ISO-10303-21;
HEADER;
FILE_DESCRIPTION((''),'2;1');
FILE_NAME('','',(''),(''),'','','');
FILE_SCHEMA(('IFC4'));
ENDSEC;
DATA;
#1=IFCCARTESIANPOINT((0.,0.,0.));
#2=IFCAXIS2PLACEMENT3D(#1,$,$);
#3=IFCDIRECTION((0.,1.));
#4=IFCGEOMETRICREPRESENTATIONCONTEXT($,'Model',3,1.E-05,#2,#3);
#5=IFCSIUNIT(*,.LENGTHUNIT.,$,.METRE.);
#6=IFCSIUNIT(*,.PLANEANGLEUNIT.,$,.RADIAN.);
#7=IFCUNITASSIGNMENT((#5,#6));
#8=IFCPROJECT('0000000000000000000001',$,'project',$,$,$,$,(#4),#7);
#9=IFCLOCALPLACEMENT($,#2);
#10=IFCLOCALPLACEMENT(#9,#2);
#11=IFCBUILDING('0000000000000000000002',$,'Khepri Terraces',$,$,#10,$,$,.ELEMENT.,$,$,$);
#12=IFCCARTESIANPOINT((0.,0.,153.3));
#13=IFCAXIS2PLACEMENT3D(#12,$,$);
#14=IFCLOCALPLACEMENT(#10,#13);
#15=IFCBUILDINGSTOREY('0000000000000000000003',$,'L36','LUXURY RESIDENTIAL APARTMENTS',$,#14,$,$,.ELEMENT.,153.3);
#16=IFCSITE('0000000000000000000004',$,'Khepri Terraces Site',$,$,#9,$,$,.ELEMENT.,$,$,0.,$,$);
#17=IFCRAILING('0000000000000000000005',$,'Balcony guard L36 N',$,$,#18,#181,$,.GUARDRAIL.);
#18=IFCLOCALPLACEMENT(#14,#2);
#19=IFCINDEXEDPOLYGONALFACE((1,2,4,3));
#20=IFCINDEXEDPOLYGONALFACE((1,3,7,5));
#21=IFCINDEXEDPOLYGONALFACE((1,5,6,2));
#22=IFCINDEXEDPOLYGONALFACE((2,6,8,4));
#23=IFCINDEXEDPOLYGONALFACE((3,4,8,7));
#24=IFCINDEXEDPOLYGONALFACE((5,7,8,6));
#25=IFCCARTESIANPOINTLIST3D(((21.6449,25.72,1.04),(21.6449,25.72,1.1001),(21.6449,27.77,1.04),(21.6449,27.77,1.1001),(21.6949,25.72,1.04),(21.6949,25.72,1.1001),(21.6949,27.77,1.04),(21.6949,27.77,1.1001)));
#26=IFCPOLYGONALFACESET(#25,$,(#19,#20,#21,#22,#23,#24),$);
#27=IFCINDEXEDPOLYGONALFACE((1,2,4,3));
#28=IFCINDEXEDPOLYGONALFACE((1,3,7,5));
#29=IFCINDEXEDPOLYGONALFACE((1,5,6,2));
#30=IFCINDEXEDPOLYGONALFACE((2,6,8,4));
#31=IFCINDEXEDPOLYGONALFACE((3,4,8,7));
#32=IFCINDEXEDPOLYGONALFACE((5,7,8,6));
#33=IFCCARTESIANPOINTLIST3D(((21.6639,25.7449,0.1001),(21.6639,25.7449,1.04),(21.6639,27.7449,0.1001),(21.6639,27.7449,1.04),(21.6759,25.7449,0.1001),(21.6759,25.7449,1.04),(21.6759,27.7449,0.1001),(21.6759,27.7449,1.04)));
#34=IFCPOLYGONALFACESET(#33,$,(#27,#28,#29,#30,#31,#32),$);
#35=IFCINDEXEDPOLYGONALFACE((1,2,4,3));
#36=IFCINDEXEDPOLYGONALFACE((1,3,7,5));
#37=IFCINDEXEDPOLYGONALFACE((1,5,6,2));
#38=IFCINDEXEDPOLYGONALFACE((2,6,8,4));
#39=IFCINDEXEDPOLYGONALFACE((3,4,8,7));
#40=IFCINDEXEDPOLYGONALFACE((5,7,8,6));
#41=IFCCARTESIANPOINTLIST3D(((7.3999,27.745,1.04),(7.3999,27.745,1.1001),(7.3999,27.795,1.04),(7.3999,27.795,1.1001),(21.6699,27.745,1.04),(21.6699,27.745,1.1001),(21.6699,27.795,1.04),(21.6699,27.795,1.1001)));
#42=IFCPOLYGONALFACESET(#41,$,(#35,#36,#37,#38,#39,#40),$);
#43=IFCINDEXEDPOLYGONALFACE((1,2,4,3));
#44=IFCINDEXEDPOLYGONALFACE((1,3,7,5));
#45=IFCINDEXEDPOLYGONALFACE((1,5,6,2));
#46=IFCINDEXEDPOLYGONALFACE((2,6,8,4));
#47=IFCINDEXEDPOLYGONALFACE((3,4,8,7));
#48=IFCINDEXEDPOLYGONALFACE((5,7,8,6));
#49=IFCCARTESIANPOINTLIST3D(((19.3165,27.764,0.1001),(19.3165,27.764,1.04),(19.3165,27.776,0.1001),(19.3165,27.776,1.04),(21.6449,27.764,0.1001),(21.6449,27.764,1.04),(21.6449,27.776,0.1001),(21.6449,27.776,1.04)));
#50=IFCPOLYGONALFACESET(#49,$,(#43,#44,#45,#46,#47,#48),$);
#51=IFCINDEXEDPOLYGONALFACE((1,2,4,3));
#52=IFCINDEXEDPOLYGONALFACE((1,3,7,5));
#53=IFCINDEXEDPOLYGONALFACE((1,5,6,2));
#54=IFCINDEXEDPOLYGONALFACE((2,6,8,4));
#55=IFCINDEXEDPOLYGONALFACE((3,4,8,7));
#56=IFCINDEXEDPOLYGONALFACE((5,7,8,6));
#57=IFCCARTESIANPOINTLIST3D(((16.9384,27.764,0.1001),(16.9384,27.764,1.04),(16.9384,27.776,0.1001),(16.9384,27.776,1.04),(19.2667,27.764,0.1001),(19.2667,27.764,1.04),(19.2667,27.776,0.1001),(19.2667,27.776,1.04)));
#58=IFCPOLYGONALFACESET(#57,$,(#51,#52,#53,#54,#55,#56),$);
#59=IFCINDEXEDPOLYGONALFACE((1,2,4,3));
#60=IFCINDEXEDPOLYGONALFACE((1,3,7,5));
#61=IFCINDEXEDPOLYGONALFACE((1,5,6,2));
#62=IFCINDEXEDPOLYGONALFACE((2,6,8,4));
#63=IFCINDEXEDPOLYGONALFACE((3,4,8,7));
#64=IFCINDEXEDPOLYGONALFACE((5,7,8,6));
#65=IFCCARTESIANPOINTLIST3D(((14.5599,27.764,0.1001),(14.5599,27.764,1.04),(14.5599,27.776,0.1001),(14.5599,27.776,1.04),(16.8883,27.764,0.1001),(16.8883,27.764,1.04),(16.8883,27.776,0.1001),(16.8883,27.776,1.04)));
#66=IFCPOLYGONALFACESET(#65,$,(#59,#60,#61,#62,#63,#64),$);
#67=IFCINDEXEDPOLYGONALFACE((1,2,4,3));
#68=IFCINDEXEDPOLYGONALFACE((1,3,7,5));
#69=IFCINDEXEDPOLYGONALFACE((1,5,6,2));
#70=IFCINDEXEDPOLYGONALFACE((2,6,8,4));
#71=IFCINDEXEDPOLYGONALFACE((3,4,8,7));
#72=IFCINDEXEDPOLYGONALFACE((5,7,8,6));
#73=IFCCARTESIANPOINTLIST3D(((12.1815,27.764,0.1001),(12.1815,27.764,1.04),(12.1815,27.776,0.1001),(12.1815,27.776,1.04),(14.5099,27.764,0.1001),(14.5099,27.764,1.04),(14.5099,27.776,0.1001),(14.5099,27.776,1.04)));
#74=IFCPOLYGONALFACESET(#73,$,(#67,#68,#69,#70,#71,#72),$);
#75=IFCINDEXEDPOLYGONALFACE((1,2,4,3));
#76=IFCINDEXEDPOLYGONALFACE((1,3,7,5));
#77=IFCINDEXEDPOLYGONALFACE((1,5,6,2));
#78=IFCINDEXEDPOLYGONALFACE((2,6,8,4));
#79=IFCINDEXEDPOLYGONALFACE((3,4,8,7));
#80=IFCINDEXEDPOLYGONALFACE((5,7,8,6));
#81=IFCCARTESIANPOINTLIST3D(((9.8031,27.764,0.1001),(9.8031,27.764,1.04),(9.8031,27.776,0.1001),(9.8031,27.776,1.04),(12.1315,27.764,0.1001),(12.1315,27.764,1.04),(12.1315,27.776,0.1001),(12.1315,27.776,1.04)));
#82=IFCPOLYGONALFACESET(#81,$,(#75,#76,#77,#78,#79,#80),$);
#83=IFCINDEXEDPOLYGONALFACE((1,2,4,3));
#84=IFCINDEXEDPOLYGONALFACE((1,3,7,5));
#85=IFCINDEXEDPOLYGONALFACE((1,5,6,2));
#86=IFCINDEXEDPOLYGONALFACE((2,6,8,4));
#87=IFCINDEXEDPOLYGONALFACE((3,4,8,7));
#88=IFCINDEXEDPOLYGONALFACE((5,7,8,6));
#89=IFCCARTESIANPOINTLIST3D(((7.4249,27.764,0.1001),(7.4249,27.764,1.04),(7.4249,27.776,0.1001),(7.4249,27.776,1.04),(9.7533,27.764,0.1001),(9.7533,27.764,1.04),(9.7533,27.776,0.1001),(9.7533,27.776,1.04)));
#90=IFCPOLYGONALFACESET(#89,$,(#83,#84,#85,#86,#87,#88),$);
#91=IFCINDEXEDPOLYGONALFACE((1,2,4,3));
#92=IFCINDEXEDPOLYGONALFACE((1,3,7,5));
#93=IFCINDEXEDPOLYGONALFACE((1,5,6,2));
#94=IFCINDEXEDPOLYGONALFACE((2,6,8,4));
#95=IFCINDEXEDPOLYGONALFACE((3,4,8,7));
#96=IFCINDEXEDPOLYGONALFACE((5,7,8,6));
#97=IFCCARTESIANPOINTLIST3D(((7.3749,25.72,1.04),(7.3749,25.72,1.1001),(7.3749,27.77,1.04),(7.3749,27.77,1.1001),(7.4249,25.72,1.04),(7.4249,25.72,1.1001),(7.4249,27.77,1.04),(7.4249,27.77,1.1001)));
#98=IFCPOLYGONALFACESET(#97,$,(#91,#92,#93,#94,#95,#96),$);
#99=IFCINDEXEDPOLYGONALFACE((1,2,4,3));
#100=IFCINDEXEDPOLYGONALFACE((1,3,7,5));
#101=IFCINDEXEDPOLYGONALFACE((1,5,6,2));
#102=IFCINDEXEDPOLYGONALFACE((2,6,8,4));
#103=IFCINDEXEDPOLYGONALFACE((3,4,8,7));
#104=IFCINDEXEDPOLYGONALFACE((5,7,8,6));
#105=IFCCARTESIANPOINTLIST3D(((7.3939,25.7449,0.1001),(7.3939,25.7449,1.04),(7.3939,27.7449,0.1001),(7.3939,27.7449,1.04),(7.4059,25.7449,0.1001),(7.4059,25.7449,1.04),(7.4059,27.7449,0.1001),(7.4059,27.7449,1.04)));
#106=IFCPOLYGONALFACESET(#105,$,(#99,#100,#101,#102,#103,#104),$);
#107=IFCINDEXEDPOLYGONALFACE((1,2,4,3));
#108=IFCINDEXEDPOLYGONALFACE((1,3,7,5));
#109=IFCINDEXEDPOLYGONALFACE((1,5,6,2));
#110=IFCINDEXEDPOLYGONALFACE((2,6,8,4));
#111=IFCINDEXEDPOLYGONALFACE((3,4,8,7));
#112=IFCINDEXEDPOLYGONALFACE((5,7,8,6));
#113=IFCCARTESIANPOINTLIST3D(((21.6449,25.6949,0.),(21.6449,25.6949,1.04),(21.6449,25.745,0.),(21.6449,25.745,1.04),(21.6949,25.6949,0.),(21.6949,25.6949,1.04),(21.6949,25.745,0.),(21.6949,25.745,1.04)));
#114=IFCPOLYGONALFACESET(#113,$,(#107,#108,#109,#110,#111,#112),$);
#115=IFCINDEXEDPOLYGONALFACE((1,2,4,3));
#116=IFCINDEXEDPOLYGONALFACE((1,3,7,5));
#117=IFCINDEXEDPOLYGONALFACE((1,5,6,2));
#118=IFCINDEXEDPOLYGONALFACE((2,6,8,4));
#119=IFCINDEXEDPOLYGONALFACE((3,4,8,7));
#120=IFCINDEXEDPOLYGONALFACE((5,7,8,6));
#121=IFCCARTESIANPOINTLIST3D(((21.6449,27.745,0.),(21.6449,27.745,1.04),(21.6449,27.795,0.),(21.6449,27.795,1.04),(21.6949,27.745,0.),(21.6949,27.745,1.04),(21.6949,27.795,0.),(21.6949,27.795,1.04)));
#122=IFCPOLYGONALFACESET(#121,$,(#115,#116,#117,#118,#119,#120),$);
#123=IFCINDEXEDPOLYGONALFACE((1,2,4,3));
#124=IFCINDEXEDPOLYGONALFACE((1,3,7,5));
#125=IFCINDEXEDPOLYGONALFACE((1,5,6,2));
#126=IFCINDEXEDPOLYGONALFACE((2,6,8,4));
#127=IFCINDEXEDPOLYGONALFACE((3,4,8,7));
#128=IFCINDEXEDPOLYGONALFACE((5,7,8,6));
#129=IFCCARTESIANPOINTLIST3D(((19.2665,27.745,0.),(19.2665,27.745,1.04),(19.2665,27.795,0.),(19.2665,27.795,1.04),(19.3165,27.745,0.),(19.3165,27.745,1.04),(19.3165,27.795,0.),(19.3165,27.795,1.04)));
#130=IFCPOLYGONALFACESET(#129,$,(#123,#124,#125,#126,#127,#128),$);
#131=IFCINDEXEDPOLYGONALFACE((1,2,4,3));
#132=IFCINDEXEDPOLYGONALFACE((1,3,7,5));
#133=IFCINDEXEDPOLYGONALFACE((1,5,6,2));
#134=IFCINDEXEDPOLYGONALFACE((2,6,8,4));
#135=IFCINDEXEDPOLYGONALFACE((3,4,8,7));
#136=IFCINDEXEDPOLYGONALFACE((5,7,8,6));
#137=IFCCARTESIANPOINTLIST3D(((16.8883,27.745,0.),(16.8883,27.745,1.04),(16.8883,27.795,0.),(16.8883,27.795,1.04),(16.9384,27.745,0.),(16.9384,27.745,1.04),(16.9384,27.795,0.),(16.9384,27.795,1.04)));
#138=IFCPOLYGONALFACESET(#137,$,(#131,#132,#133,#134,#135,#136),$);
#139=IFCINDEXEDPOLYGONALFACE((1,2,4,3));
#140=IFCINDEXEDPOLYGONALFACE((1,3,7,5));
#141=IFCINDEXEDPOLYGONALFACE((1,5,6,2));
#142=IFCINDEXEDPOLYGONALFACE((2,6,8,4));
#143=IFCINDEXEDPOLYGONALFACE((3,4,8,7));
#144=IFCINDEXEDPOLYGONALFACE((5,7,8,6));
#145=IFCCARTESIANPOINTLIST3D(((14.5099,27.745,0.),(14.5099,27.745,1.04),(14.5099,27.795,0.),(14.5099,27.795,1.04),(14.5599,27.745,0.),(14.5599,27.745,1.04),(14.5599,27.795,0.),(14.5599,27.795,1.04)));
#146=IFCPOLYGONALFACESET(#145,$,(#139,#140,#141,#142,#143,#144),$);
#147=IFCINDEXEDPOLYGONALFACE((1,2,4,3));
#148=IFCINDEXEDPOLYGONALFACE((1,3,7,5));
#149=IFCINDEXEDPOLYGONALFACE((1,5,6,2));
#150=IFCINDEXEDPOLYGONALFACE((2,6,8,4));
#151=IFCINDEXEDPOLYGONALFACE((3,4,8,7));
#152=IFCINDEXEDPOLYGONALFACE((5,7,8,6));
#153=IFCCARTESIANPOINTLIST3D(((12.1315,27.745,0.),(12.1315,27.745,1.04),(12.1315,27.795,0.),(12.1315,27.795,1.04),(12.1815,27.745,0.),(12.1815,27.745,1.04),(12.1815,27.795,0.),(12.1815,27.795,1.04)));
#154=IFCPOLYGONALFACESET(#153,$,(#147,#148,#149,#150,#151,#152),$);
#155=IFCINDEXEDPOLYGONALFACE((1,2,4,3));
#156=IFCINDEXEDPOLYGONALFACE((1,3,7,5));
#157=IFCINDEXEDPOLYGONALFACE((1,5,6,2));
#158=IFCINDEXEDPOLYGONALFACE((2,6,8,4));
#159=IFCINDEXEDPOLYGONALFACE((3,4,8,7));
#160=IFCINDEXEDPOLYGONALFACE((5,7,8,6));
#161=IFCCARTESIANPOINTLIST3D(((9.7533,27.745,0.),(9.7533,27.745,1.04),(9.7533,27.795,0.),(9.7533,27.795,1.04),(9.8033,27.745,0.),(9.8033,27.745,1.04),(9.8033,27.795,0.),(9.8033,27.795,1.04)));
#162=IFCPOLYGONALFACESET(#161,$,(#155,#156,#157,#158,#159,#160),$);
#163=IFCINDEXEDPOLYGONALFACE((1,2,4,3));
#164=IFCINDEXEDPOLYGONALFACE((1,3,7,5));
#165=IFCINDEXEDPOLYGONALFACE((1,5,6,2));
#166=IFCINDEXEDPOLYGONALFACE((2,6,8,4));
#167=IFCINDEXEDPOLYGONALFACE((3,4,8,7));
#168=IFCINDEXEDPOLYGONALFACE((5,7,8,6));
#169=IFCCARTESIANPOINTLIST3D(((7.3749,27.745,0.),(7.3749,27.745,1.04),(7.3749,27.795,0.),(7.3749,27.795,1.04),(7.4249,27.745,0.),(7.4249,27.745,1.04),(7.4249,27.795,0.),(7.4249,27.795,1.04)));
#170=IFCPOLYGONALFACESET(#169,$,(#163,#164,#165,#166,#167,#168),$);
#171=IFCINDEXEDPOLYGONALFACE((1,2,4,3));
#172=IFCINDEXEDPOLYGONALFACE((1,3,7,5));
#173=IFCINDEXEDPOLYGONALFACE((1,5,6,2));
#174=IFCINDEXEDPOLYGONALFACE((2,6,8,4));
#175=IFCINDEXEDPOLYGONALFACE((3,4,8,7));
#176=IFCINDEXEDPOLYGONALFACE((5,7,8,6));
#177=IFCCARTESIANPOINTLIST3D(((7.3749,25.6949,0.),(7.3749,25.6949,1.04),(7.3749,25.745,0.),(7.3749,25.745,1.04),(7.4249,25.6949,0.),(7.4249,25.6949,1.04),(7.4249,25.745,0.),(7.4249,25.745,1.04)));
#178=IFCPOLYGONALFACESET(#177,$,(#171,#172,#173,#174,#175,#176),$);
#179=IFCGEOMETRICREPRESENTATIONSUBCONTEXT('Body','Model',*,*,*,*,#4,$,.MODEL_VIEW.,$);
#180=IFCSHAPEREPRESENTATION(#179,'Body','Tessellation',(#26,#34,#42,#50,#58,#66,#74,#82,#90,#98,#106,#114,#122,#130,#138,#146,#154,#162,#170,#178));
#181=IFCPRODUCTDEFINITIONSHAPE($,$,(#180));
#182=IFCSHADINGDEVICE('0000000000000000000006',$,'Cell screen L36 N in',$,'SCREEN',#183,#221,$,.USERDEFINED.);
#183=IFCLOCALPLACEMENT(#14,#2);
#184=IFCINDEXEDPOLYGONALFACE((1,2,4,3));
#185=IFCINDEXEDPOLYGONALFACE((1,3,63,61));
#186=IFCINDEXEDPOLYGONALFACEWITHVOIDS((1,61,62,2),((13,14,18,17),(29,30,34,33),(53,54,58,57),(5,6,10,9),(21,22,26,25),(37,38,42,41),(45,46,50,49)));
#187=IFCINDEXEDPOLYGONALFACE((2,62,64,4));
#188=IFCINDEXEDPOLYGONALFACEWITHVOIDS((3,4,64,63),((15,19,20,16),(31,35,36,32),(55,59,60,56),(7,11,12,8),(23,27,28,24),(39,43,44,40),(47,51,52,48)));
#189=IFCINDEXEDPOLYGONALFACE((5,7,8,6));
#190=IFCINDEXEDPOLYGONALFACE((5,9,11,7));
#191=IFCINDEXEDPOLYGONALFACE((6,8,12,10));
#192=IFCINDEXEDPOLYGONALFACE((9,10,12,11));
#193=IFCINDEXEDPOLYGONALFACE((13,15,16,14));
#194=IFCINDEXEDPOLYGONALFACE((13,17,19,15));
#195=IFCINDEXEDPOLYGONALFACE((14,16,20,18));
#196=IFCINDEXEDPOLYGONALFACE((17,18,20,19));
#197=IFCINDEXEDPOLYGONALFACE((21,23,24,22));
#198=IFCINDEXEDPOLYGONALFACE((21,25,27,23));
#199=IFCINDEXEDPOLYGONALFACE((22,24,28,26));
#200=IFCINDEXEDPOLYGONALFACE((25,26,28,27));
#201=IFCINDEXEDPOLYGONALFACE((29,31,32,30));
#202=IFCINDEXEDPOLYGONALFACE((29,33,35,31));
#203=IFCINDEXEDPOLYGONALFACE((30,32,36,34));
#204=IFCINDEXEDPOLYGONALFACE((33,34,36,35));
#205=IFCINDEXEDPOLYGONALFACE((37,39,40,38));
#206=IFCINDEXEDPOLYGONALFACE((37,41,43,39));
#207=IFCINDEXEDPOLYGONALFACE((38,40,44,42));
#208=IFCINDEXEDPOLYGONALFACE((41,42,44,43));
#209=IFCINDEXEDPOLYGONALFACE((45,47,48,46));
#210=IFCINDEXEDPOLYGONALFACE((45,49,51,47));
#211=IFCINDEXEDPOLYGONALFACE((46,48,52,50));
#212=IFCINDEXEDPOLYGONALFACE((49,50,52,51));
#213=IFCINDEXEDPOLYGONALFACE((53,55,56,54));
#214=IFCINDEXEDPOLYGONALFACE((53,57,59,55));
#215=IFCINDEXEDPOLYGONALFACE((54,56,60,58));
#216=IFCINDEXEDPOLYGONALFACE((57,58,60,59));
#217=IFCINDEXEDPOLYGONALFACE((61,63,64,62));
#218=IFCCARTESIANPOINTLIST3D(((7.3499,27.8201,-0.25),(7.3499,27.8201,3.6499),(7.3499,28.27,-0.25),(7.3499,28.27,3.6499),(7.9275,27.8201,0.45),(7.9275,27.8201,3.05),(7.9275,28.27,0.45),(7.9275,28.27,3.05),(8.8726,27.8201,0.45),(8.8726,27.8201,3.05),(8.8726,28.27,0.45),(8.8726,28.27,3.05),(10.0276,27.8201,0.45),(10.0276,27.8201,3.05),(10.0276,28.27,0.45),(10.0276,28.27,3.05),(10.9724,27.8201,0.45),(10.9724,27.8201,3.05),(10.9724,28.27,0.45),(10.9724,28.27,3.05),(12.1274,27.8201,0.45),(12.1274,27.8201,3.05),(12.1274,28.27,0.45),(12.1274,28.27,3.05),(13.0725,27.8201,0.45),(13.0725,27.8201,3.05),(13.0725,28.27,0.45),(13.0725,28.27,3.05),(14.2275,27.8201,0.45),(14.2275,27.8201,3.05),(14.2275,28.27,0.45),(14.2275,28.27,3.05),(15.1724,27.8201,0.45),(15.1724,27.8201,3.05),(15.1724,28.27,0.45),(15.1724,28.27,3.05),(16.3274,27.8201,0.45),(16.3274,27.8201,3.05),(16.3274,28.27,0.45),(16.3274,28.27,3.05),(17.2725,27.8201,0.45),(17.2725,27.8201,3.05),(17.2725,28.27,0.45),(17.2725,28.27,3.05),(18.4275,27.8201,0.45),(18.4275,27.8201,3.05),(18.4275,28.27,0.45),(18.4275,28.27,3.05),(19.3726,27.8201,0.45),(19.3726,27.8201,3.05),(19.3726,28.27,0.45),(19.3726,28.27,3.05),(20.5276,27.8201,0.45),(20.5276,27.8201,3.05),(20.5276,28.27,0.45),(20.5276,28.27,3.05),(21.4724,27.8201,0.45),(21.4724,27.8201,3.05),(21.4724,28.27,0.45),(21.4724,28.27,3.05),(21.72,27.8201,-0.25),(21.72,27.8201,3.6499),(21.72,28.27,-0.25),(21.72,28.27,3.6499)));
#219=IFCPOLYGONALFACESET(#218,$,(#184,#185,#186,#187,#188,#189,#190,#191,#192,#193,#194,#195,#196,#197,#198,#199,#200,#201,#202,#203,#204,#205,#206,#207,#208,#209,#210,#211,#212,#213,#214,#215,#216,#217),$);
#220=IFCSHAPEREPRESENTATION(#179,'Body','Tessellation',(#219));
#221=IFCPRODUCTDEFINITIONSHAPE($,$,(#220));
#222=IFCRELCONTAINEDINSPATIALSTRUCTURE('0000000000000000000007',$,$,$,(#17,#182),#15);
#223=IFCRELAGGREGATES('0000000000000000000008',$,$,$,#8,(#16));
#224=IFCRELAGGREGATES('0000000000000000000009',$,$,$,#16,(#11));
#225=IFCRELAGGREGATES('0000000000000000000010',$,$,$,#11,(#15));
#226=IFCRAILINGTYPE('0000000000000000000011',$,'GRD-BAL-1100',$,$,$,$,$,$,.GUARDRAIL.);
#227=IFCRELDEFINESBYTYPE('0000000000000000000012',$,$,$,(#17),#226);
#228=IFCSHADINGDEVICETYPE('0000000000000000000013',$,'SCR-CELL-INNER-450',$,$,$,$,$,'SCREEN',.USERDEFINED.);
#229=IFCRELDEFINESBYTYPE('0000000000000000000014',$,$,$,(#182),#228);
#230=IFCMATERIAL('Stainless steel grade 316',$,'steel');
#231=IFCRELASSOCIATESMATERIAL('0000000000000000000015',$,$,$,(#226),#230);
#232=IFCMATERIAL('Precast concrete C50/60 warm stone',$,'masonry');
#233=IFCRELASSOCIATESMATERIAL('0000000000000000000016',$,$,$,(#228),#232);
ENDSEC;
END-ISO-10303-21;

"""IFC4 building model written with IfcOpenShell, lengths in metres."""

from ifc_helpers import new_model, si_unit, direction, frame, origin, origin_2d, place, context, subcontext, project, spatial, polyline, rectangle, outline, extrude, material, type_object, element, save


model = new_model("IFC4")

# Units and contexts
model_context = context("Model", 3, precision=1e-05, world=origin(), true_north=direction((0.0, 1.0)))
body_context = subcontext(model_context, "Body", "Model", "MODEL_VIEW")
ifc_project = project(units=[si_unit("LENGTHUNIT", "METRE"), si_unit("PLANEANGLEUNIT", "RADIAN")], contexts=[model_context])

# Site, building, storey
site_placement = place(None, origin())
site = spatial("IfcSite", under=ifc_project, at=site_placement, Name="Khepri Terraces Site", CompositionType="ELEMENT", RefElevation=0.0)
building_placement = place(site_placement, origin())
building = spatial("IfcBuilding", under=site, at=building_placement, Name="Khepri Terraces", CompositionType="ELEMENT")
storey_placement = place(building_placement, frame((0.0, 0.0, 153.3)))
storey = spatial("IfcBuildingStorey", under=building, at=storey_placement, Name="L36", Description="LUXURY RESIDENTIAL APARTMENTS", CompositionType="ELEMENT", Elevation=153.3)

# Shared definitions
ifc_material_1 = material(Name="Precast concrete C50/60 warm stone", Category="masonry")

# Railing
ifc_material_2 = material(Name="Stainless steel grade 316", Category="steel")
railing_type = type_object("IfcRailingType", Name="GRD-BAL-1100", PredefinedType="GUARDRAIL", material=ifc_material_2)
railing_placement = place(storey_placement, frame((21.6699, 25.72, 0.0)))
element("IfcRailing", 1, at=railing_placement, inside=storey, type_object=railing_type, Name="Balcony guard L36 N", PredefinedType="GUARDRAIL", context=body_context, shape_type="SweptSolid", body=[
    extrude(rectangle(XDim=0.05, YDim=0.0601, at=origin_2d()), frame((0.0, 0.0, 1.0701), z_axis=(0.0, 1.0, 0.0), x_axis=(-1.0, 0.0, 0.0)), (0.0, 0.0, 1.0), 2.05),
    extrude(rectangle(XDim=2.0, YDim=0.012, at=origin_2d()), frame((0.0, 1.0249, 0.1001), z_axis=(0.0, 0.0, 1.0), x_axis=(0.0, 1.0, 0.0)), (0.0, 0.0, 1.0), 0.9399),
    extrude(rectangle(XDim=0.05, YDim=0.0601, at=origin_2d()), frame((0.0, 2.05, 1.0701), z_axis=(-1.0, 0.0, 0.0), x_axis=(0.0, -1.0, 0.0)), (0.0, 0.0, 1.0), 14.27),
    extrude(rectangle(XDim=2.3284, YDim=0.012, at=origin_2d()), frame((-1.1892, 2.05, 0.1001), z_axis=(0.0, 0.0, 1.0), x_axis=(-1.0, 0.0, 0.0)), (0.0, 0.0, 1.0), 0.9399),
    extrude(rectangle(XDim=2.3284, YDim=0.012, at=origin_2d()), frame((-3.5674, 2.05, 0.1001), z_axis=(0.0, 0.0, 1.0), x_axis=(-1.0, 0.0, 0.0)), (0.0, 0.0, 1.0), 0.9399),
    extrude(rectangle(XDim=2.3284, YDim=0.012, at=origin_2d()), frame((-5.9458, 2.05, 0.1001), z_axis=(0.0, 0.0, 1.0), x_axis=(-1.0, 0.0, 0.0)), (0.0, 0.0, 1.0), 0.9399),
    extrude(rectangle(XDim=2.3284, YDim=0.012, at=origin_2d()), frame((-8.3242, 2.05, 0.1001), z_axis=(0.0, 0.0, 1.0), x_axis=(-1.0, 0.0, 0.0)), (0.0, 0.0, 1.0), 0.9399),
    extrude(rectangle(XDim=2.3284, YDim=0.012, at=origin_2d()), frame((-10.7026, 2.05, 0.1001), z_axis=(0.0, 0.0, 1.0), x_axis=(-1.0, 0.0, 0.0)), (0.0, 0.0, 1.0), 0.9399),
    extrude(rectangle(XDim=2.3284, YDim=0.012, at=origin_2d()), frame((-13.0808, 2.05, 0.1001), z_axis=(0.0, 0.0, 1.0), x_axis=(-1.0, 0.0, 0.0)), (0.0, 0.0, 1.0), 0.9399),
    extrude(rectangle(XDim=0.05, YDim=0.0601, at=origin_2d()), frame((-14.27, 2.05, 1.0701), z_axis=(0.0, -1.0, 0.0), x_axis=(1.0, 0.0, 0.0)), (0.0, 0.0, 1.0), 2.05),
    extrude(rectangle(XDim=2.0, YDim=0.012, at=origin_2d()), frame((-14.27, 1.0249, 0.1001), z_axis=(0.0, 0.0, 1.0), x_axis=(0.0, -1.0, 0.0)), (0.0, 0.0, 1.0), 0.9399),
    extrude(rectangle(XDim=0.05, YDim=0.05, at=origin_2d()), origin(), (0.0, 0.0, 1.0), 1.04),
    extrude(rectangle(XDim=0.05, YDim=0.05, at=origin_2d()), frame((0.0, 2.05, 0.0)), (0.0, 0.0, 1.0), 1.04),
    extrude(rectangle(XDim=0.05, YDim=0.05, at=origin_2d()), frame((-2.3784, 2.05, 0.0)), (0.0, 0.0, 1.0), 1.04),
    extrude(rectangle(XDim=0.05, YDim=0.05, at=origin_2d()), frame((-4.7566, 2.05, 0.0)), (0.0, 0.0, 1.0), 1.04),
    extrude(rectangle(XDim=0.05, YDim=0.05, at=origin_2d()), frame((-7.135, 2.05, 0.0)), (0.0, 0.0, 1.0), 1.04),
    extrude(rectangle(XDim=0.05, YDim=0.05, at=origin_2d()), frame((-9.5134, 2.05, 0.0)), (0.0, 0.0, 1.0), 1.04),
    extrude(rectangle(XDim=0.05, YDim=0.05, at=origin_2d()), frame((-11.8916, 2.05, 0.0)), (0.0, 0.0, 1.0), 1.04),
    extrude(rectangle(XDim=0.05, YDim=0.05, at=origin_2d()), frame((-14.27, 2.05, 0.0)), (0.0, 0.0, 1.0), 1.04),
    extrude(rectangle(XDim=0.05, YDim=0.05, at=origin_2d()), frame((-14.27, 0.0, 0.0)), (0.0, 0.0, 1.0), 1.04),
])

# Shading device
shading_device_type_1 = type_object("IfcShadingDeviceType", Name="SCR-CELL-INNER-450", ElementType="SCREEN", PredefinedType="USERDEFINED", material=ifc_material_1)
shading_device_1_placement = place(storey_placement, frame((21.72, 27.8201, -0.25), z_axis=(0.0, 1.0, 0.0), x_axis=(-1.0, 0.0, 0.0)))
element("IfcShadingDevice", 2, at=shading_device_1_placement, inside=storey, type_object=shading_device_type_1, Name="Cell screen L36 N in", ObjectType="SCREEN", PredefinedType="USERDEFINED", context=body_context, shape_type="SweptSolid", body=[
    extrude(outline(polyline([(0.0, 0.0), (14.3701, 0.0), (14.3701, 3.8999), (0.0, 3.8999), (0.0, 0.0)]), holes=[polyline([(0.2476, 0.7), (1.1924, 0.7), (1.1924, 3.3), (0.2476, 3.3), (0.2476, 0.7)]), polyline([(2.3474, 0.7), (3.2925, 0.7), (3.2925, 3.3), (2.3474, 3.3), (2.3474, 0.7)]), polyline([(4.4475, 0.7), (5.3926, 0.7), (5.3926, 3.3), (4.4475, 3.3), (4.4475, 0.7)]), polyline([(6.5476, 0.7), (7.4924, 0.7), (7.4924, 3.3), (6.5476, 3.3), (6.5476, 0.7)]), polyline([(8.6475, 0.7), (9.5925, 0.7), (9.5925, 3.3), (8.6475, 3.3), (8.6475, 0.7)]), polyline([(10.7476, 0.7), (11.6924, 0.7), (11.6924, 3.3), (10.7476, 3.3), (10.7476, 0.7)]), polyline([(12.8474, 0.7), (13.7925, 0.7), (13.7925, 3.3), (12.8474, 3.3), (12.8474, 0.7)])]), origin(), (0.0, 0.0, 1.0), 0.45),
])

save(model, "model.ifc")
